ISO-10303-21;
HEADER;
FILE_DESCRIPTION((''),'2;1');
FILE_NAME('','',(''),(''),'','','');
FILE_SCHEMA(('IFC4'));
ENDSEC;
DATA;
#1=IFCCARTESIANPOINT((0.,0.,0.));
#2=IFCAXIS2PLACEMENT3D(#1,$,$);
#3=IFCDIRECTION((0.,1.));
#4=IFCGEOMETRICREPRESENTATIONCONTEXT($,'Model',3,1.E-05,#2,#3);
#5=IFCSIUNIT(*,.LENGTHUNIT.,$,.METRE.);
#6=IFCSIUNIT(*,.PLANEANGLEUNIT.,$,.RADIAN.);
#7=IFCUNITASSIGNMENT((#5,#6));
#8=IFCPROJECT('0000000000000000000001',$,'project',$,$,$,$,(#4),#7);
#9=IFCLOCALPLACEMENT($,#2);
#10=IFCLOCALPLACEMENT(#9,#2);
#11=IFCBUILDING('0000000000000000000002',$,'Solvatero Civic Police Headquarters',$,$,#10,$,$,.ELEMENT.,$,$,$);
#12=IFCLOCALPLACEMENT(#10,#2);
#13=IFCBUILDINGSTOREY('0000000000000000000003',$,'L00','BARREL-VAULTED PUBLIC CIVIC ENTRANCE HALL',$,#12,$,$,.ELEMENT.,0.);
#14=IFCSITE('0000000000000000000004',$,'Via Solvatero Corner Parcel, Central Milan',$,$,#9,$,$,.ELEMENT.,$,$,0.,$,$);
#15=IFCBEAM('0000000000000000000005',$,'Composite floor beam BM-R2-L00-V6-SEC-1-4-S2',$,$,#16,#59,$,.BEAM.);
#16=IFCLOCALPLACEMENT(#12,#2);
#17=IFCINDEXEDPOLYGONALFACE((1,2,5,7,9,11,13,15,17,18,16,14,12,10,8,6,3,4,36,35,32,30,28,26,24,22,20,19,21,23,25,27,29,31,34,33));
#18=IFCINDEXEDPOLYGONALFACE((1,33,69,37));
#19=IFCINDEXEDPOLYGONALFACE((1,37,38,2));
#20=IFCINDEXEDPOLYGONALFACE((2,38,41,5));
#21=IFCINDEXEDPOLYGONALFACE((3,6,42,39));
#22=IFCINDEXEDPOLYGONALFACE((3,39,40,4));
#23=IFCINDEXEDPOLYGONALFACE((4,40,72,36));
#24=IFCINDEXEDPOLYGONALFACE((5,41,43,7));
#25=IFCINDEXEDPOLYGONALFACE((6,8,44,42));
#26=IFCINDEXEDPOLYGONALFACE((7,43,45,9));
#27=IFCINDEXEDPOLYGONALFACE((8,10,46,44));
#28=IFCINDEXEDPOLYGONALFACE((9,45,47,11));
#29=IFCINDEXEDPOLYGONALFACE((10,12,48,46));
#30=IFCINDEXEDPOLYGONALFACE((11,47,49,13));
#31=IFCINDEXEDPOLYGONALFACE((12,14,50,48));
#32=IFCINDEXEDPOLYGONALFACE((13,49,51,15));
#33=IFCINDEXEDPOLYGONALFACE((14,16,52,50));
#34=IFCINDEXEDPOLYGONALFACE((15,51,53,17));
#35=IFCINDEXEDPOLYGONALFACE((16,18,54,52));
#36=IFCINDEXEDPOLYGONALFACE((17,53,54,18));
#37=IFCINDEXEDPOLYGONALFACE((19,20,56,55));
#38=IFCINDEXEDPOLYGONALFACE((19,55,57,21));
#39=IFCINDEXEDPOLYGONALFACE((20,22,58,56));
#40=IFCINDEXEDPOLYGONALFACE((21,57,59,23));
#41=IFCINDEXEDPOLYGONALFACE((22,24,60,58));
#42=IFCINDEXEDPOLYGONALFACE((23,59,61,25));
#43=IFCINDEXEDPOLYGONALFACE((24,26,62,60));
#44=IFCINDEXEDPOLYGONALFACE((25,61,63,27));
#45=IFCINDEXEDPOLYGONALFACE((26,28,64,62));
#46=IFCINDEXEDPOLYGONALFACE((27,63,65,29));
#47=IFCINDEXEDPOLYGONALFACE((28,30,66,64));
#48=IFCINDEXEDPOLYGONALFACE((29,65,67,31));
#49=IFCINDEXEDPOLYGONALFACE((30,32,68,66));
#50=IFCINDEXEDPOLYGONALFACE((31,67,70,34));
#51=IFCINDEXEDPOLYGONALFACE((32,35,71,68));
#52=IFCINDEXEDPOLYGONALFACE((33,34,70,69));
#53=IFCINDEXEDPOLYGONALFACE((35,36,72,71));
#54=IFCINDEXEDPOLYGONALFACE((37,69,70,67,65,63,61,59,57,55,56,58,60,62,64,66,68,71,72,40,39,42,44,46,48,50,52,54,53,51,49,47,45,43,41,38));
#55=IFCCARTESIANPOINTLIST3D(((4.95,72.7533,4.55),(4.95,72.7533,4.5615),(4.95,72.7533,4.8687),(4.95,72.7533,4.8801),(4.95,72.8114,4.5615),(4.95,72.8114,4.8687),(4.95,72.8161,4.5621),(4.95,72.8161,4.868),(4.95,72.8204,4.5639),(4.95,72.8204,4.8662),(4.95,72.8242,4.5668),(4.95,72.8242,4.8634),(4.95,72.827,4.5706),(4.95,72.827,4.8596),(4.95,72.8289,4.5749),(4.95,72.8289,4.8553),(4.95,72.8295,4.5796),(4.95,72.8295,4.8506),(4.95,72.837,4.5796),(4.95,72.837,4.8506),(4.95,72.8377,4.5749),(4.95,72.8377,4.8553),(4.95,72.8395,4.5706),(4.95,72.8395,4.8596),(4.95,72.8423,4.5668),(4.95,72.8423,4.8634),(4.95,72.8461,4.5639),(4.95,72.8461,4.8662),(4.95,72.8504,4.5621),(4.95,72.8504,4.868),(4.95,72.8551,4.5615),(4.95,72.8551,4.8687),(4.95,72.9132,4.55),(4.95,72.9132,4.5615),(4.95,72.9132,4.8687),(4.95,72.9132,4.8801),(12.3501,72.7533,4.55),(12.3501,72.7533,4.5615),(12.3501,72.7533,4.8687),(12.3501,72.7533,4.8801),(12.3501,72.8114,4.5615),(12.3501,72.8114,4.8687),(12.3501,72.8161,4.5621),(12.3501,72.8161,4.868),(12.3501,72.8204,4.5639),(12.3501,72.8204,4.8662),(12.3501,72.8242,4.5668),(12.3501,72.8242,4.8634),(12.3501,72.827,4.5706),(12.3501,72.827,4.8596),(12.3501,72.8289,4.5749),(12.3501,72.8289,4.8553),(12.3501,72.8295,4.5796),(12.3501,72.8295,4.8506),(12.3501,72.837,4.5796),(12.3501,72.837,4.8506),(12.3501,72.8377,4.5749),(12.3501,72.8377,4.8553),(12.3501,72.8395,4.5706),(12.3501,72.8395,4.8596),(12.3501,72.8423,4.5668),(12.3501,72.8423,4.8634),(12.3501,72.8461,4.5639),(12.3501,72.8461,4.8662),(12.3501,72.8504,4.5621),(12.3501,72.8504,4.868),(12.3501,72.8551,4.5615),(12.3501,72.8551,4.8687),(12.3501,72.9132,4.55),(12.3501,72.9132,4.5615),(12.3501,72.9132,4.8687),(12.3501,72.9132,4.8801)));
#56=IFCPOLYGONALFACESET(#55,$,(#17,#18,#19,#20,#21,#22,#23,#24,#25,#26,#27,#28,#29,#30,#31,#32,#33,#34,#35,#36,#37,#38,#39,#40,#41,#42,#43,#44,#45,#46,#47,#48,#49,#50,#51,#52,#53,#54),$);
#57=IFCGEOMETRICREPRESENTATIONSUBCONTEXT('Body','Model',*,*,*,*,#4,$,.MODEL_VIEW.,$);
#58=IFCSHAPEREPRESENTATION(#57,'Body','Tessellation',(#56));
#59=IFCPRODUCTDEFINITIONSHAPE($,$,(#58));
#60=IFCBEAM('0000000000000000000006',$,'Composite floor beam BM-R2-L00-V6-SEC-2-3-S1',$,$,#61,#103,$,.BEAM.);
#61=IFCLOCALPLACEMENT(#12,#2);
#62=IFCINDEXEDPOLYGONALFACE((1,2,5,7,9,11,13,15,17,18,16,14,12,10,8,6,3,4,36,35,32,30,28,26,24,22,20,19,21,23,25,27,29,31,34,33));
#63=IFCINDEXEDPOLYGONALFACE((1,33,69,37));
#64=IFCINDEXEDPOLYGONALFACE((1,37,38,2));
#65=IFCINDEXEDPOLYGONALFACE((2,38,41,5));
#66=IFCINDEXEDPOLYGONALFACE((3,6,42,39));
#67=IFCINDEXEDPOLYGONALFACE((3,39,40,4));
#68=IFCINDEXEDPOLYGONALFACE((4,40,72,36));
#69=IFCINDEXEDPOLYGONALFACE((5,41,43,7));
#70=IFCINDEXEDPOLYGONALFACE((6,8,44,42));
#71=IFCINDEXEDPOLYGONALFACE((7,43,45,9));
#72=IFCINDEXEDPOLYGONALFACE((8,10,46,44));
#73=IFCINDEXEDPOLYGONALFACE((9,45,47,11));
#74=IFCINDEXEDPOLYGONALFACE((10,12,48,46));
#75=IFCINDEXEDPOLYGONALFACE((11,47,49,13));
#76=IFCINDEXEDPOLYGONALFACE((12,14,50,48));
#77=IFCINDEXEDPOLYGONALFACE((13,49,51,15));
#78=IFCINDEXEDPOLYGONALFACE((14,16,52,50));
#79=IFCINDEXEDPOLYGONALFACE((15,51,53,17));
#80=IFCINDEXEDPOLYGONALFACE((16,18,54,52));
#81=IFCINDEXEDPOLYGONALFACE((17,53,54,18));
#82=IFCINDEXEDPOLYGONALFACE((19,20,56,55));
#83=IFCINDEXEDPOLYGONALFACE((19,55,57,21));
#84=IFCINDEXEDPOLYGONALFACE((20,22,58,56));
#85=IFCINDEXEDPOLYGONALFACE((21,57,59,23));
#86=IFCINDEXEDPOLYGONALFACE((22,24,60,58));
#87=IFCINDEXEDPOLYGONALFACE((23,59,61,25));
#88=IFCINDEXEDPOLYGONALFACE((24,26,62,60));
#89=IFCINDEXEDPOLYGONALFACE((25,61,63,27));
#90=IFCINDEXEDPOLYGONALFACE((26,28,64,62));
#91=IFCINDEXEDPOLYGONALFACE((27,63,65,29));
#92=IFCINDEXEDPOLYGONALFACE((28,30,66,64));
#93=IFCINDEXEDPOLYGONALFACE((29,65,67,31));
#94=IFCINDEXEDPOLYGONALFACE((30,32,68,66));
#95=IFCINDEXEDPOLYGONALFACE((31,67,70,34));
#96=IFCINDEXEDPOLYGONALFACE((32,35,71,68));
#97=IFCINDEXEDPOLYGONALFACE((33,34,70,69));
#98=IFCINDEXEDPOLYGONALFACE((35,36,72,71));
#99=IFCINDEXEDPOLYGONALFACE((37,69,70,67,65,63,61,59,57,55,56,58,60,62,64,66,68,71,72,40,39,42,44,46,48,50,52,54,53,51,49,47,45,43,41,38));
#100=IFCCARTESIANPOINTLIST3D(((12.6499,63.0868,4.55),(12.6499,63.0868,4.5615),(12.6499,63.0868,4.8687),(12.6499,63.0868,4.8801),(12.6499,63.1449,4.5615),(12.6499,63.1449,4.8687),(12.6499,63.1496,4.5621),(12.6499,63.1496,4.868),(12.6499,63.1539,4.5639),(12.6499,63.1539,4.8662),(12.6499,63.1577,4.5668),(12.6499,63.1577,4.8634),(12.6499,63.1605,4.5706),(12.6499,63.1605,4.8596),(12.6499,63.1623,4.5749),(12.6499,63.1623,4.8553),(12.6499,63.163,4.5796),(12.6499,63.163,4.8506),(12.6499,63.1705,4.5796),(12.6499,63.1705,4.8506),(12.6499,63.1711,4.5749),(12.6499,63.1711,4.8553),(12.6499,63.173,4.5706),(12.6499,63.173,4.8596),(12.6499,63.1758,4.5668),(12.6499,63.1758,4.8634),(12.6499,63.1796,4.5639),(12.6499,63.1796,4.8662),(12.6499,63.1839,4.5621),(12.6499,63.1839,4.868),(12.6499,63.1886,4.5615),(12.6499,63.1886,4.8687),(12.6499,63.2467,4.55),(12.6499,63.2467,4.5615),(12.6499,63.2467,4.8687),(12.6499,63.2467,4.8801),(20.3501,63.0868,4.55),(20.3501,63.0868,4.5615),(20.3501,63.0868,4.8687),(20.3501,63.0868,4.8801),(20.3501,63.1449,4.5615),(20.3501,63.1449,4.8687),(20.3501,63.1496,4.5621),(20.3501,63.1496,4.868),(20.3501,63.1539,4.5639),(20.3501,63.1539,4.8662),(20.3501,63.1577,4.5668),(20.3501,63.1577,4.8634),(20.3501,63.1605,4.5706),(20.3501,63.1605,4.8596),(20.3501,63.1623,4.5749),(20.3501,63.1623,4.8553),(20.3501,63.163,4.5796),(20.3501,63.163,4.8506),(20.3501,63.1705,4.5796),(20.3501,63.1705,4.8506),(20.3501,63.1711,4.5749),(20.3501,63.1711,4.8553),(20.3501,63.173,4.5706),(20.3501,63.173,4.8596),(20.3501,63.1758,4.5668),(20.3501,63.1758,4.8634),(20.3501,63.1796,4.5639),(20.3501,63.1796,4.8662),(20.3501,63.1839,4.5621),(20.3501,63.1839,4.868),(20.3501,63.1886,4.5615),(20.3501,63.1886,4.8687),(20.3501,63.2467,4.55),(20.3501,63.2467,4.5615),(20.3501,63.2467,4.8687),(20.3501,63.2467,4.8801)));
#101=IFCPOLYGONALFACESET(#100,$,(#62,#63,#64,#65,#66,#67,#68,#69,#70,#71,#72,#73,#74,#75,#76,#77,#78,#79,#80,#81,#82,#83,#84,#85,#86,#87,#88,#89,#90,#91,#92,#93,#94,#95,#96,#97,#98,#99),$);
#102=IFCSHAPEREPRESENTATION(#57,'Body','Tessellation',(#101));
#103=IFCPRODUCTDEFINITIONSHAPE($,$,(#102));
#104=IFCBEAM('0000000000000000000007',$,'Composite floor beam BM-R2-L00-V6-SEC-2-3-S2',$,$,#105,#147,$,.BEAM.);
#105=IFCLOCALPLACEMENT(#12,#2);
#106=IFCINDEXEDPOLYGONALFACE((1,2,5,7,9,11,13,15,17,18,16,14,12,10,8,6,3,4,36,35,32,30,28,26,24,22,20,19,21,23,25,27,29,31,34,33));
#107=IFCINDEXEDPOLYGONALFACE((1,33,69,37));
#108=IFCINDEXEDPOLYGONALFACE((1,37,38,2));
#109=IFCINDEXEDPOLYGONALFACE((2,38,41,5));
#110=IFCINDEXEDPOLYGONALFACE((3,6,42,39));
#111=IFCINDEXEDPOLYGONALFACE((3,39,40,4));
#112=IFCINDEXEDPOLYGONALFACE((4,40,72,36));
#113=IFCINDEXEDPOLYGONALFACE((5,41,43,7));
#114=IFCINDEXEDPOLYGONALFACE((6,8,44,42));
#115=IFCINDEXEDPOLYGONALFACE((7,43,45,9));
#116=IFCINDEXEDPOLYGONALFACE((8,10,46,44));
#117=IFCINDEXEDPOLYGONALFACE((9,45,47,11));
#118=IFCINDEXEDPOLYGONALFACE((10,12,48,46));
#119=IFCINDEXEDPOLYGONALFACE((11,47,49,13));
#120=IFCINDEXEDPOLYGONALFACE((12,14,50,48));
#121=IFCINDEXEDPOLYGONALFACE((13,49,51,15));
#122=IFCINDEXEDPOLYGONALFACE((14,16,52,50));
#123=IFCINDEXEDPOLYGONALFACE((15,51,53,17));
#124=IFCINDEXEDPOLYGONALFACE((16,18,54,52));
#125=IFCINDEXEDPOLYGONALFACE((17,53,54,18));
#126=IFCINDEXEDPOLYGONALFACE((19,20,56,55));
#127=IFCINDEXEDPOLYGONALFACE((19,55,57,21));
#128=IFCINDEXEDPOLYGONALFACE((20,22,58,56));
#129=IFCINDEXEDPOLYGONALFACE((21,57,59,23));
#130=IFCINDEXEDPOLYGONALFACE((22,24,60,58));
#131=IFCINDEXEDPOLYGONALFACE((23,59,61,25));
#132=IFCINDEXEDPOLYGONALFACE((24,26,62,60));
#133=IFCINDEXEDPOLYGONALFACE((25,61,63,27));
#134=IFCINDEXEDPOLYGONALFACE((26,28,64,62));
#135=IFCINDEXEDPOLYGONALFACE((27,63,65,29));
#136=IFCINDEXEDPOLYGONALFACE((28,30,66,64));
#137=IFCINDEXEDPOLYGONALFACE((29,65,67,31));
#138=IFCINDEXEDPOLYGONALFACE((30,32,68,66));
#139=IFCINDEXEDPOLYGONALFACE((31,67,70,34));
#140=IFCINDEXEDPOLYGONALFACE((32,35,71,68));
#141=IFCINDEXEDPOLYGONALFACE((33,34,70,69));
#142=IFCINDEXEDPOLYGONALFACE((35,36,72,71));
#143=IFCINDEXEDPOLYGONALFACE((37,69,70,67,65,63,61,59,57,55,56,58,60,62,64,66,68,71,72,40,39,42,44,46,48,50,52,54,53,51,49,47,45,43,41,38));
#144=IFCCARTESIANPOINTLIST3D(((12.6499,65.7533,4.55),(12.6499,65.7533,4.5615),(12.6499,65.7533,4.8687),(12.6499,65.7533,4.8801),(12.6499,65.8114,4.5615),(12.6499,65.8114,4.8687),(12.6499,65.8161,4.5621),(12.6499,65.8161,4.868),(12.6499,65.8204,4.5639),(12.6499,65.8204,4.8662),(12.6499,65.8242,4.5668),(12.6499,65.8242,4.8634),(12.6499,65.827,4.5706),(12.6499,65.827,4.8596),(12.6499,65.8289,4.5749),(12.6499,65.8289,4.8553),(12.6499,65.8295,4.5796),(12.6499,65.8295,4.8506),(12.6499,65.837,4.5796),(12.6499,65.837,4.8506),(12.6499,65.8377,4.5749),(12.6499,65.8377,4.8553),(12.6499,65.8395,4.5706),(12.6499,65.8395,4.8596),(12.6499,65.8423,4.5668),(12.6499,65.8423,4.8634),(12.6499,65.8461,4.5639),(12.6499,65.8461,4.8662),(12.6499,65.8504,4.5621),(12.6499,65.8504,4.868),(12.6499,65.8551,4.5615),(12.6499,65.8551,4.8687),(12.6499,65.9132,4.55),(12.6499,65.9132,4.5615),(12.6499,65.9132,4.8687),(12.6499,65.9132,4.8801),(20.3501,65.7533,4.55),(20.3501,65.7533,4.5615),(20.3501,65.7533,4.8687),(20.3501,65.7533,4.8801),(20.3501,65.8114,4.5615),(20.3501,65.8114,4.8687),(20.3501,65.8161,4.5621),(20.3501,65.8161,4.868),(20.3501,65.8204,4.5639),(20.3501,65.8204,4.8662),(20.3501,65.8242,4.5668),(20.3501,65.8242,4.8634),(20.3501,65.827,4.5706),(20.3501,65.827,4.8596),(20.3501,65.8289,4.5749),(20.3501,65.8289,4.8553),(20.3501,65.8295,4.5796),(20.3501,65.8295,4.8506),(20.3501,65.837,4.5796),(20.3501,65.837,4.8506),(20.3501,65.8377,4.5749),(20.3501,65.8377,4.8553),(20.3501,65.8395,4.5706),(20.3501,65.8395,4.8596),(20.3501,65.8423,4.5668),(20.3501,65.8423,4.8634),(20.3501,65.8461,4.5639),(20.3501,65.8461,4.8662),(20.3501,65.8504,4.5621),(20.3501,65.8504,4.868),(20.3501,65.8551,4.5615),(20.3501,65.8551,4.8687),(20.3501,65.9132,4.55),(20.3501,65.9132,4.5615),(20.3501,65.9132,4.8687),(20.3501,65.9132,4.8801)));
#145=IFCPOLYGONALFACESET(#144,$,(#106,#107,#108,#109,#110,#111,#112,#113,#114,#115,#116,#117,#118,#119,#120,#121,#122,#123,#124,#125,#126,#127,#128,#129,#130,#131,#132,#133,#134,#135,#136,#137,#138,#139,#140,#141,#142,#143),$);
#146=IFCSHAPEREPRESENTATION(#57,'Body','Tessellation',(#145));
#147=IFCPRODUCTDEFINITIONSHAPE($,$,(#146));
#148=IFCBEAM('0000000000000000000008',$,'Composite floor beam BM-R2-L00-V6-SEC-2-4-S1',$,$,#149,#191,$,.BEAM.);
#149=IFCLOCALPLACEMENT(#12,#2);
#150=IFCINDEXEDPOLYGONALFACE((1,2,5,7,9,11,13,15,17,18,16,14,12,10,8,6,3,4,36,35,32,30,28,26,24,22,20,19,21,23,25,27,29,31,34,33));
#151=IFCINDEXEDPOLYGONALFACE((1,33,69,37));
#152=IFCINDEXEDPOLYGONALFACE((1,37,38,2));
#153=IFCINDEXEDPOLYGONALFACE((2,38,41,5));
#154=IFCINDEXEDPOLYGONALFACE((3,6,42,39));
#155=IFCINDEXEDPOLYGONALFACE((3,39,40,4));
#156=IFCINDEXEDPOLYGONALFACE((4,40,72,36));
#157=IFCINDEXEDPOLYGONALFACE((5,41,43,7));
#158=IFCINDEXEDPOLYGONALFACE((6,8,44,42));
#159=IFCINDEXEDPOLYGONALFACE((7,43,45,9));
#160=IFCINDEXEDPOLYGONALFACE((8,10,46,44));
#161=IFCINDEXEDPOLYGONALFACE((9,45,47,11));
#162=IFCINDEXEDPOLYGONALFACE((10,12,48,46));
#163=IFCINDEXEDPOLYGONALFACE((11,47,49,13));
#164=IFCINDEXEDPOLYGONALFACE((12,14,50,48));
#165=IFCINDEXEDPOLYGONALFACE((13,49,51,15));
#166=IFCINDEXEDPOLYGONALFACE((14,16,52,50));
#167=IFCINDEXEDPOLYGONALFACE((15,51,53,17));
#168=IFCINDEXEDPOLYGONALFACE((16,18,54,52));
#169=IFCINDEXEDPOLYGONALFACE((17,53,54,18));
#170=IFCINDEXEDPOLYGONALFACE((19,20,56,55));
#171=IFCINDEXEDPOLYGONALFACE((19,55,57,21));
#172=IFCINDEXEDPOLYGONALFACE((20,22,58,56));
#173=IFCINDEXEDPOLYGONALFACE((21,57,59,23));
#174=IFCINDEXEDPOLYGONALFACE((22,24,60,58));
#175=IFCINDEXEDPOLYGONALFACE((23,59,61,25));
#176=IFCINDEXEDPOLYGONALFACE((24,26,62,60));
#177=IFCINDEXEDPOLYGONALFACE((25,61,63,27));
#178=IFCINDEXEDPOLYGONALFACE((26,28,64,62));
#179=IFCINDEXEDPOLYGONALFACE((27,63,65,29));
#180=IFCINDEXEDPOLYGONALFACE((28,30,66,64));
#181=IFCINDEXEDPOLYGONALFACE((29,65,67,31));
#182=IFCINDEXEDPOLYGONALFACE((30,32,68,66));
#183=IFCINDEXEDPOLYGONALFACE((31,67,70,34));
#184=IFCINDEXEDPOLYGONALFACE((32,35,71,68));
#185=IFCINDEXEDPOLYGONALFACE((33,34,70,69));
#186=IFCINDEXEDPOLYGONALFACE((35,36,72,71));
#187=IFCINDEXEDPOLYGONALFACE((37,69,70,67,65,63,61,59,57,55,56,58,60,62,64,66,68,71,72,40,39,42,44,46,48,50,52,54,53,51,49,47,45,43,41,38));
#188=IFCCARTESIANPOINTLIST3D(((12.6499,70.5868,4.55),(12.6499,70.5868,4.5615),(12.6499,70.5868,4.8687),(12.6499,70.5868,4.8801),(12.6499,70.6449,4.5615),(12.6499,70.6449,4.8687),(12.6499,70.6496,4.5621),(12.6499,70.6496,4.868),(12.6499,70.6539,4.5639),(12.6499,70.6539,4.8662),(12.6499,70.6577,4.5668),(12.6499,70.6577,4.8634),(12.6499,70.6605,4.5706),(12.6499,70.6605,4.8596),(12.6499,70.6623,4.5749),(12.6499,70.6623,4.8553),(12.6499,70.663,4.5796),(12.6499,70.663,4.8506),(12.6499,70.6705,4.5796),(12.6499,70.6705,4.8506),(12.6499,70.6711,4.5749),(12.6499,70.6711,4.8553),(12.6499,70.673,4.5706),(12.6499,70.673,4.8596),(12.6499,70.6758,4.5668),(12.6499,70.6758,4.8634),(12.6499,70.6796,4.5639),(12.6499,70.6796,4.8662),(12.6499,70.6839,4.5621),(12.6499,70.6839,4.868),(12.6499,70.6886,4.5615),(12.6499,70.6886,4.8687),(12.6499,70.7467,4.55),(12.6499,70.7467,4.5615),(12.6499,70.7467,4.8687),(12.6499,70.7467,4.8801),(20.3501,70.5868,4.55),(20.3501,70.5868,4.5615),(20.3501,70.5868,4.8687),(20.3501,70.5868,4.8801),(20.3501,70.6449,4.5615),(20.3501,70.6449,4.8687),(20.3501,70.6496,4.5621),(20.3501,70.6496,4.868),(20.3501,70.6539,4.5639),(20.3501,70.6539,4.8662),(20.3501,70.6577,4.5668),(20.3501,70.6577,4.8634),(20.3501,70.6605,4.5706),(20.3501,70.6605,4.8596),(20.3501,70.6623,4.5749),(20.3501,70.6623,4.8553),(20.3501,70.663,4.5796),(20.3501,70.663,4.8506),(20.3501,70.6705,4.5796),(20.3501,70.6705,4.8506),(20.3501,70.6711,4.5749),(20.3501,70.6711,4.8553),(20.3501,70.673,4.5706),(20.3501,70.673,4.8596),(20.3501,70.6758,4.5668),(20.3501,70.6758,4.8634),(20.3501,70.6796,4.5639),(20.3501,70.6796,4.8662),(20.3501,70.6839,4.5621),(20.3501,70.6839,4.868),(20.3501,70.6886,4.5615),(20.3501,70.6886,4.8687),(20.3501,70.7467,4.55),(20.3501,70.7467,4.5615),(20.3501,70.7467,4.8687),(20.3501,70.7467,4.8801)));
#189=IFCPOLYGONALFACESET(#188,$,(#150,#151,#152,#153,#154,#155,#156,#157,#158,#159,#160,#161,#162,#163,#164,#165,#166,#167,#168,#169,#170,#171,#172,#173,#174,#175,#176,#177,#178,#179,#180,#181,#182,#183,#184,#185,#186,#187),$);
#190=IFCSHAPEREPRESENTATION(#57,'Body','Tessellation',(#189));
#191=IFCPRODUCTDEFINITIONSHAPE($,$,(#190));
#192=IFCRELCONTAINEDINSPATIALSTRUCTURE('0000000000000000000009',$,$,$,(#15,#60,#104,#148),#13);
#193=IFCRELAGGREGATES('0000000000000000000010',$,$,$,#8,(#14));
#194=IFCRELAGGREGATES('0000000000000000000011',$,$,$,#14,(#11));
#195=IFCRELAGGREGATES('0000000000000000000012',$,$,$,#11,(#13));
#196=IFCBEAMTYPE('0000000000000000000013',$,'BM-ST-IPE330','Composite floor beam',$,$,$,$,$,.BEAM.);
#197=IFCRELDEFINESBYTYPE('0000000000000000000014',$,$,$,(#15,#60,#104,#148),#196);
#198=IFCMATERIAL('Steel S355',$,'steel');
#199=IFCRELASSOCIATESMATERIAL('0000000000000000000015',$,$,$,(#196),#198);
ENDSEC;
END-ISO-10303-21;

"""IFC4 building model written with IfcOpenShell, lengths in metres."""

from ifc_helpers import new_model, si_unit, direction, frame, origin, origin_2d, place, context, subcontext, project, spatial, i_section, extrude, material, material_profile, profile_set, type_object, element, save


model = new_model("IFC4")

# Units and contexts
model_context = context("Model", 3, precision=1e-05, world=origin(), true_north=direction((0.0, 1.0)))
body_context = subcontext(model_context, "Body", "Model", "MODEL_VIEW")
ifc_project = project(units=[si_unit("LENGTHUNIT", "METRE"), si_unit("PLANEANGLEUNIT", "RADIAN")], contexts=[model_context])

# Site, building, storey
site_placement = place(None, origin())
site = spatial("IfcSite", under=ifc_project, at=site_placement, Name="Via Solvatero Corner Parcel, Central Milan", CompositionType="ELEMENT", RefElevation=0.0)
building_placement = place(site_placement, origin())
building = spatial("IfcBuilding", under=site, at=building_placement, Name="Solvatero Civic Police Headquarters", CompositionType="ELEMENT")
storey_placement = place(building_placement, origin())
storey = spatial("IfcBuildingStorey", under=building, at=storey_placement, Name="L00", Description="BARREL-VAULTED PUBLIC CIVIC ENTRANCE HALL", CompositionType="ELEMENT", Elevation=0.0)

# Beams
ifc_material_1 = material(Name="Steel S355", Category="steel")
ifc_material_profile_1 = material_profile(ifc_material_1, i_section(OverallWidth=0.1599, OverallDepth=0.3301, WebThickness=0.0076, FlangeThickness=0.0115, FilletRadius=0.0181, at=origin_2d()), Name="IPE 330")
ifc_profile_set_1 = profile_set([ifc_material_profile_1], Name="Steel S355")
beam_type_1 = type_object("IfcBeamType", Name="BM-ST-IPE330", Description="Composite floor beam", PredefinedType="BEAM", material=ifc_profile_set_1)
for number, where, z_axis, x_axis, name in (
    (1, (4.95, 72.8333, 4.7151), (1.0, 0.0, 0.0), (0.0, 1.0, 0.0), "Composite floor beam BM-R2-L00-V6-SEC-1-4-S2"),
):
    element("IfcBeam", number, at=place(storey_placement, frame(where, z_axis=z_axis, x_axis=x_axis)), inside=storey, type_object=beam_type_1, Name=name, PredefinedType="BEAM", context=body_context, shape_type="SweptSolid", body=[
        extrude(i_section(OverallWidth=0.1599, OverallDepth=0.3301, WebThickness=0.0076, FlangeThickness=0.0115, FilletRadius=0.0181, at=origin_2d()), origin(), (0.0, 0.0, 1.0), 7.4001),
    ])
for number, where, z_axis, x_axis, name in (
    (2, (12.6499, 63.1667, 4.7151), (1.0, 0.0, 0.0), (0.0, 1.0, 0.0), "Composite floor beam BM-R2-L00-V6-SEC-2-3-S1"),
    (3, (12.6499, 65.8333, 4.7151), (1.0, 0.0, 0.0), (0.0, 1.0, 0.0), "Composite floor beam BM-R2-L00-V6-SEC-2-3-S2"),
    (4, (12.6499, 70.6667, 4.7151), (1.0, 0.0, 0.0), (0.0, 1.0, 0.0), "Composite floor beam BM-R2-L00-V6-SEC-2-4-S1"),
):
    element("IfcBeam", number, at=place(storey_placement, frame(where, z_axis=z_axis, x_axis=x_axis)), inside=storey, type_object=beam_type_1, Name=name, PredefinedType="BEAM", context=body_context, shape_type="SweptSolid", body=[
        extrude(i_section(OverallWidth=0.1599, OverallDepth=0.3301, WebThickness=0.0076, FlangeThickness=0.0115, FilletRadius=0.0181, at=origin_2d()), origin(), (0.0, 0.0, 1.0), 7.7002),
    ])

save(model, "model.ifc")
